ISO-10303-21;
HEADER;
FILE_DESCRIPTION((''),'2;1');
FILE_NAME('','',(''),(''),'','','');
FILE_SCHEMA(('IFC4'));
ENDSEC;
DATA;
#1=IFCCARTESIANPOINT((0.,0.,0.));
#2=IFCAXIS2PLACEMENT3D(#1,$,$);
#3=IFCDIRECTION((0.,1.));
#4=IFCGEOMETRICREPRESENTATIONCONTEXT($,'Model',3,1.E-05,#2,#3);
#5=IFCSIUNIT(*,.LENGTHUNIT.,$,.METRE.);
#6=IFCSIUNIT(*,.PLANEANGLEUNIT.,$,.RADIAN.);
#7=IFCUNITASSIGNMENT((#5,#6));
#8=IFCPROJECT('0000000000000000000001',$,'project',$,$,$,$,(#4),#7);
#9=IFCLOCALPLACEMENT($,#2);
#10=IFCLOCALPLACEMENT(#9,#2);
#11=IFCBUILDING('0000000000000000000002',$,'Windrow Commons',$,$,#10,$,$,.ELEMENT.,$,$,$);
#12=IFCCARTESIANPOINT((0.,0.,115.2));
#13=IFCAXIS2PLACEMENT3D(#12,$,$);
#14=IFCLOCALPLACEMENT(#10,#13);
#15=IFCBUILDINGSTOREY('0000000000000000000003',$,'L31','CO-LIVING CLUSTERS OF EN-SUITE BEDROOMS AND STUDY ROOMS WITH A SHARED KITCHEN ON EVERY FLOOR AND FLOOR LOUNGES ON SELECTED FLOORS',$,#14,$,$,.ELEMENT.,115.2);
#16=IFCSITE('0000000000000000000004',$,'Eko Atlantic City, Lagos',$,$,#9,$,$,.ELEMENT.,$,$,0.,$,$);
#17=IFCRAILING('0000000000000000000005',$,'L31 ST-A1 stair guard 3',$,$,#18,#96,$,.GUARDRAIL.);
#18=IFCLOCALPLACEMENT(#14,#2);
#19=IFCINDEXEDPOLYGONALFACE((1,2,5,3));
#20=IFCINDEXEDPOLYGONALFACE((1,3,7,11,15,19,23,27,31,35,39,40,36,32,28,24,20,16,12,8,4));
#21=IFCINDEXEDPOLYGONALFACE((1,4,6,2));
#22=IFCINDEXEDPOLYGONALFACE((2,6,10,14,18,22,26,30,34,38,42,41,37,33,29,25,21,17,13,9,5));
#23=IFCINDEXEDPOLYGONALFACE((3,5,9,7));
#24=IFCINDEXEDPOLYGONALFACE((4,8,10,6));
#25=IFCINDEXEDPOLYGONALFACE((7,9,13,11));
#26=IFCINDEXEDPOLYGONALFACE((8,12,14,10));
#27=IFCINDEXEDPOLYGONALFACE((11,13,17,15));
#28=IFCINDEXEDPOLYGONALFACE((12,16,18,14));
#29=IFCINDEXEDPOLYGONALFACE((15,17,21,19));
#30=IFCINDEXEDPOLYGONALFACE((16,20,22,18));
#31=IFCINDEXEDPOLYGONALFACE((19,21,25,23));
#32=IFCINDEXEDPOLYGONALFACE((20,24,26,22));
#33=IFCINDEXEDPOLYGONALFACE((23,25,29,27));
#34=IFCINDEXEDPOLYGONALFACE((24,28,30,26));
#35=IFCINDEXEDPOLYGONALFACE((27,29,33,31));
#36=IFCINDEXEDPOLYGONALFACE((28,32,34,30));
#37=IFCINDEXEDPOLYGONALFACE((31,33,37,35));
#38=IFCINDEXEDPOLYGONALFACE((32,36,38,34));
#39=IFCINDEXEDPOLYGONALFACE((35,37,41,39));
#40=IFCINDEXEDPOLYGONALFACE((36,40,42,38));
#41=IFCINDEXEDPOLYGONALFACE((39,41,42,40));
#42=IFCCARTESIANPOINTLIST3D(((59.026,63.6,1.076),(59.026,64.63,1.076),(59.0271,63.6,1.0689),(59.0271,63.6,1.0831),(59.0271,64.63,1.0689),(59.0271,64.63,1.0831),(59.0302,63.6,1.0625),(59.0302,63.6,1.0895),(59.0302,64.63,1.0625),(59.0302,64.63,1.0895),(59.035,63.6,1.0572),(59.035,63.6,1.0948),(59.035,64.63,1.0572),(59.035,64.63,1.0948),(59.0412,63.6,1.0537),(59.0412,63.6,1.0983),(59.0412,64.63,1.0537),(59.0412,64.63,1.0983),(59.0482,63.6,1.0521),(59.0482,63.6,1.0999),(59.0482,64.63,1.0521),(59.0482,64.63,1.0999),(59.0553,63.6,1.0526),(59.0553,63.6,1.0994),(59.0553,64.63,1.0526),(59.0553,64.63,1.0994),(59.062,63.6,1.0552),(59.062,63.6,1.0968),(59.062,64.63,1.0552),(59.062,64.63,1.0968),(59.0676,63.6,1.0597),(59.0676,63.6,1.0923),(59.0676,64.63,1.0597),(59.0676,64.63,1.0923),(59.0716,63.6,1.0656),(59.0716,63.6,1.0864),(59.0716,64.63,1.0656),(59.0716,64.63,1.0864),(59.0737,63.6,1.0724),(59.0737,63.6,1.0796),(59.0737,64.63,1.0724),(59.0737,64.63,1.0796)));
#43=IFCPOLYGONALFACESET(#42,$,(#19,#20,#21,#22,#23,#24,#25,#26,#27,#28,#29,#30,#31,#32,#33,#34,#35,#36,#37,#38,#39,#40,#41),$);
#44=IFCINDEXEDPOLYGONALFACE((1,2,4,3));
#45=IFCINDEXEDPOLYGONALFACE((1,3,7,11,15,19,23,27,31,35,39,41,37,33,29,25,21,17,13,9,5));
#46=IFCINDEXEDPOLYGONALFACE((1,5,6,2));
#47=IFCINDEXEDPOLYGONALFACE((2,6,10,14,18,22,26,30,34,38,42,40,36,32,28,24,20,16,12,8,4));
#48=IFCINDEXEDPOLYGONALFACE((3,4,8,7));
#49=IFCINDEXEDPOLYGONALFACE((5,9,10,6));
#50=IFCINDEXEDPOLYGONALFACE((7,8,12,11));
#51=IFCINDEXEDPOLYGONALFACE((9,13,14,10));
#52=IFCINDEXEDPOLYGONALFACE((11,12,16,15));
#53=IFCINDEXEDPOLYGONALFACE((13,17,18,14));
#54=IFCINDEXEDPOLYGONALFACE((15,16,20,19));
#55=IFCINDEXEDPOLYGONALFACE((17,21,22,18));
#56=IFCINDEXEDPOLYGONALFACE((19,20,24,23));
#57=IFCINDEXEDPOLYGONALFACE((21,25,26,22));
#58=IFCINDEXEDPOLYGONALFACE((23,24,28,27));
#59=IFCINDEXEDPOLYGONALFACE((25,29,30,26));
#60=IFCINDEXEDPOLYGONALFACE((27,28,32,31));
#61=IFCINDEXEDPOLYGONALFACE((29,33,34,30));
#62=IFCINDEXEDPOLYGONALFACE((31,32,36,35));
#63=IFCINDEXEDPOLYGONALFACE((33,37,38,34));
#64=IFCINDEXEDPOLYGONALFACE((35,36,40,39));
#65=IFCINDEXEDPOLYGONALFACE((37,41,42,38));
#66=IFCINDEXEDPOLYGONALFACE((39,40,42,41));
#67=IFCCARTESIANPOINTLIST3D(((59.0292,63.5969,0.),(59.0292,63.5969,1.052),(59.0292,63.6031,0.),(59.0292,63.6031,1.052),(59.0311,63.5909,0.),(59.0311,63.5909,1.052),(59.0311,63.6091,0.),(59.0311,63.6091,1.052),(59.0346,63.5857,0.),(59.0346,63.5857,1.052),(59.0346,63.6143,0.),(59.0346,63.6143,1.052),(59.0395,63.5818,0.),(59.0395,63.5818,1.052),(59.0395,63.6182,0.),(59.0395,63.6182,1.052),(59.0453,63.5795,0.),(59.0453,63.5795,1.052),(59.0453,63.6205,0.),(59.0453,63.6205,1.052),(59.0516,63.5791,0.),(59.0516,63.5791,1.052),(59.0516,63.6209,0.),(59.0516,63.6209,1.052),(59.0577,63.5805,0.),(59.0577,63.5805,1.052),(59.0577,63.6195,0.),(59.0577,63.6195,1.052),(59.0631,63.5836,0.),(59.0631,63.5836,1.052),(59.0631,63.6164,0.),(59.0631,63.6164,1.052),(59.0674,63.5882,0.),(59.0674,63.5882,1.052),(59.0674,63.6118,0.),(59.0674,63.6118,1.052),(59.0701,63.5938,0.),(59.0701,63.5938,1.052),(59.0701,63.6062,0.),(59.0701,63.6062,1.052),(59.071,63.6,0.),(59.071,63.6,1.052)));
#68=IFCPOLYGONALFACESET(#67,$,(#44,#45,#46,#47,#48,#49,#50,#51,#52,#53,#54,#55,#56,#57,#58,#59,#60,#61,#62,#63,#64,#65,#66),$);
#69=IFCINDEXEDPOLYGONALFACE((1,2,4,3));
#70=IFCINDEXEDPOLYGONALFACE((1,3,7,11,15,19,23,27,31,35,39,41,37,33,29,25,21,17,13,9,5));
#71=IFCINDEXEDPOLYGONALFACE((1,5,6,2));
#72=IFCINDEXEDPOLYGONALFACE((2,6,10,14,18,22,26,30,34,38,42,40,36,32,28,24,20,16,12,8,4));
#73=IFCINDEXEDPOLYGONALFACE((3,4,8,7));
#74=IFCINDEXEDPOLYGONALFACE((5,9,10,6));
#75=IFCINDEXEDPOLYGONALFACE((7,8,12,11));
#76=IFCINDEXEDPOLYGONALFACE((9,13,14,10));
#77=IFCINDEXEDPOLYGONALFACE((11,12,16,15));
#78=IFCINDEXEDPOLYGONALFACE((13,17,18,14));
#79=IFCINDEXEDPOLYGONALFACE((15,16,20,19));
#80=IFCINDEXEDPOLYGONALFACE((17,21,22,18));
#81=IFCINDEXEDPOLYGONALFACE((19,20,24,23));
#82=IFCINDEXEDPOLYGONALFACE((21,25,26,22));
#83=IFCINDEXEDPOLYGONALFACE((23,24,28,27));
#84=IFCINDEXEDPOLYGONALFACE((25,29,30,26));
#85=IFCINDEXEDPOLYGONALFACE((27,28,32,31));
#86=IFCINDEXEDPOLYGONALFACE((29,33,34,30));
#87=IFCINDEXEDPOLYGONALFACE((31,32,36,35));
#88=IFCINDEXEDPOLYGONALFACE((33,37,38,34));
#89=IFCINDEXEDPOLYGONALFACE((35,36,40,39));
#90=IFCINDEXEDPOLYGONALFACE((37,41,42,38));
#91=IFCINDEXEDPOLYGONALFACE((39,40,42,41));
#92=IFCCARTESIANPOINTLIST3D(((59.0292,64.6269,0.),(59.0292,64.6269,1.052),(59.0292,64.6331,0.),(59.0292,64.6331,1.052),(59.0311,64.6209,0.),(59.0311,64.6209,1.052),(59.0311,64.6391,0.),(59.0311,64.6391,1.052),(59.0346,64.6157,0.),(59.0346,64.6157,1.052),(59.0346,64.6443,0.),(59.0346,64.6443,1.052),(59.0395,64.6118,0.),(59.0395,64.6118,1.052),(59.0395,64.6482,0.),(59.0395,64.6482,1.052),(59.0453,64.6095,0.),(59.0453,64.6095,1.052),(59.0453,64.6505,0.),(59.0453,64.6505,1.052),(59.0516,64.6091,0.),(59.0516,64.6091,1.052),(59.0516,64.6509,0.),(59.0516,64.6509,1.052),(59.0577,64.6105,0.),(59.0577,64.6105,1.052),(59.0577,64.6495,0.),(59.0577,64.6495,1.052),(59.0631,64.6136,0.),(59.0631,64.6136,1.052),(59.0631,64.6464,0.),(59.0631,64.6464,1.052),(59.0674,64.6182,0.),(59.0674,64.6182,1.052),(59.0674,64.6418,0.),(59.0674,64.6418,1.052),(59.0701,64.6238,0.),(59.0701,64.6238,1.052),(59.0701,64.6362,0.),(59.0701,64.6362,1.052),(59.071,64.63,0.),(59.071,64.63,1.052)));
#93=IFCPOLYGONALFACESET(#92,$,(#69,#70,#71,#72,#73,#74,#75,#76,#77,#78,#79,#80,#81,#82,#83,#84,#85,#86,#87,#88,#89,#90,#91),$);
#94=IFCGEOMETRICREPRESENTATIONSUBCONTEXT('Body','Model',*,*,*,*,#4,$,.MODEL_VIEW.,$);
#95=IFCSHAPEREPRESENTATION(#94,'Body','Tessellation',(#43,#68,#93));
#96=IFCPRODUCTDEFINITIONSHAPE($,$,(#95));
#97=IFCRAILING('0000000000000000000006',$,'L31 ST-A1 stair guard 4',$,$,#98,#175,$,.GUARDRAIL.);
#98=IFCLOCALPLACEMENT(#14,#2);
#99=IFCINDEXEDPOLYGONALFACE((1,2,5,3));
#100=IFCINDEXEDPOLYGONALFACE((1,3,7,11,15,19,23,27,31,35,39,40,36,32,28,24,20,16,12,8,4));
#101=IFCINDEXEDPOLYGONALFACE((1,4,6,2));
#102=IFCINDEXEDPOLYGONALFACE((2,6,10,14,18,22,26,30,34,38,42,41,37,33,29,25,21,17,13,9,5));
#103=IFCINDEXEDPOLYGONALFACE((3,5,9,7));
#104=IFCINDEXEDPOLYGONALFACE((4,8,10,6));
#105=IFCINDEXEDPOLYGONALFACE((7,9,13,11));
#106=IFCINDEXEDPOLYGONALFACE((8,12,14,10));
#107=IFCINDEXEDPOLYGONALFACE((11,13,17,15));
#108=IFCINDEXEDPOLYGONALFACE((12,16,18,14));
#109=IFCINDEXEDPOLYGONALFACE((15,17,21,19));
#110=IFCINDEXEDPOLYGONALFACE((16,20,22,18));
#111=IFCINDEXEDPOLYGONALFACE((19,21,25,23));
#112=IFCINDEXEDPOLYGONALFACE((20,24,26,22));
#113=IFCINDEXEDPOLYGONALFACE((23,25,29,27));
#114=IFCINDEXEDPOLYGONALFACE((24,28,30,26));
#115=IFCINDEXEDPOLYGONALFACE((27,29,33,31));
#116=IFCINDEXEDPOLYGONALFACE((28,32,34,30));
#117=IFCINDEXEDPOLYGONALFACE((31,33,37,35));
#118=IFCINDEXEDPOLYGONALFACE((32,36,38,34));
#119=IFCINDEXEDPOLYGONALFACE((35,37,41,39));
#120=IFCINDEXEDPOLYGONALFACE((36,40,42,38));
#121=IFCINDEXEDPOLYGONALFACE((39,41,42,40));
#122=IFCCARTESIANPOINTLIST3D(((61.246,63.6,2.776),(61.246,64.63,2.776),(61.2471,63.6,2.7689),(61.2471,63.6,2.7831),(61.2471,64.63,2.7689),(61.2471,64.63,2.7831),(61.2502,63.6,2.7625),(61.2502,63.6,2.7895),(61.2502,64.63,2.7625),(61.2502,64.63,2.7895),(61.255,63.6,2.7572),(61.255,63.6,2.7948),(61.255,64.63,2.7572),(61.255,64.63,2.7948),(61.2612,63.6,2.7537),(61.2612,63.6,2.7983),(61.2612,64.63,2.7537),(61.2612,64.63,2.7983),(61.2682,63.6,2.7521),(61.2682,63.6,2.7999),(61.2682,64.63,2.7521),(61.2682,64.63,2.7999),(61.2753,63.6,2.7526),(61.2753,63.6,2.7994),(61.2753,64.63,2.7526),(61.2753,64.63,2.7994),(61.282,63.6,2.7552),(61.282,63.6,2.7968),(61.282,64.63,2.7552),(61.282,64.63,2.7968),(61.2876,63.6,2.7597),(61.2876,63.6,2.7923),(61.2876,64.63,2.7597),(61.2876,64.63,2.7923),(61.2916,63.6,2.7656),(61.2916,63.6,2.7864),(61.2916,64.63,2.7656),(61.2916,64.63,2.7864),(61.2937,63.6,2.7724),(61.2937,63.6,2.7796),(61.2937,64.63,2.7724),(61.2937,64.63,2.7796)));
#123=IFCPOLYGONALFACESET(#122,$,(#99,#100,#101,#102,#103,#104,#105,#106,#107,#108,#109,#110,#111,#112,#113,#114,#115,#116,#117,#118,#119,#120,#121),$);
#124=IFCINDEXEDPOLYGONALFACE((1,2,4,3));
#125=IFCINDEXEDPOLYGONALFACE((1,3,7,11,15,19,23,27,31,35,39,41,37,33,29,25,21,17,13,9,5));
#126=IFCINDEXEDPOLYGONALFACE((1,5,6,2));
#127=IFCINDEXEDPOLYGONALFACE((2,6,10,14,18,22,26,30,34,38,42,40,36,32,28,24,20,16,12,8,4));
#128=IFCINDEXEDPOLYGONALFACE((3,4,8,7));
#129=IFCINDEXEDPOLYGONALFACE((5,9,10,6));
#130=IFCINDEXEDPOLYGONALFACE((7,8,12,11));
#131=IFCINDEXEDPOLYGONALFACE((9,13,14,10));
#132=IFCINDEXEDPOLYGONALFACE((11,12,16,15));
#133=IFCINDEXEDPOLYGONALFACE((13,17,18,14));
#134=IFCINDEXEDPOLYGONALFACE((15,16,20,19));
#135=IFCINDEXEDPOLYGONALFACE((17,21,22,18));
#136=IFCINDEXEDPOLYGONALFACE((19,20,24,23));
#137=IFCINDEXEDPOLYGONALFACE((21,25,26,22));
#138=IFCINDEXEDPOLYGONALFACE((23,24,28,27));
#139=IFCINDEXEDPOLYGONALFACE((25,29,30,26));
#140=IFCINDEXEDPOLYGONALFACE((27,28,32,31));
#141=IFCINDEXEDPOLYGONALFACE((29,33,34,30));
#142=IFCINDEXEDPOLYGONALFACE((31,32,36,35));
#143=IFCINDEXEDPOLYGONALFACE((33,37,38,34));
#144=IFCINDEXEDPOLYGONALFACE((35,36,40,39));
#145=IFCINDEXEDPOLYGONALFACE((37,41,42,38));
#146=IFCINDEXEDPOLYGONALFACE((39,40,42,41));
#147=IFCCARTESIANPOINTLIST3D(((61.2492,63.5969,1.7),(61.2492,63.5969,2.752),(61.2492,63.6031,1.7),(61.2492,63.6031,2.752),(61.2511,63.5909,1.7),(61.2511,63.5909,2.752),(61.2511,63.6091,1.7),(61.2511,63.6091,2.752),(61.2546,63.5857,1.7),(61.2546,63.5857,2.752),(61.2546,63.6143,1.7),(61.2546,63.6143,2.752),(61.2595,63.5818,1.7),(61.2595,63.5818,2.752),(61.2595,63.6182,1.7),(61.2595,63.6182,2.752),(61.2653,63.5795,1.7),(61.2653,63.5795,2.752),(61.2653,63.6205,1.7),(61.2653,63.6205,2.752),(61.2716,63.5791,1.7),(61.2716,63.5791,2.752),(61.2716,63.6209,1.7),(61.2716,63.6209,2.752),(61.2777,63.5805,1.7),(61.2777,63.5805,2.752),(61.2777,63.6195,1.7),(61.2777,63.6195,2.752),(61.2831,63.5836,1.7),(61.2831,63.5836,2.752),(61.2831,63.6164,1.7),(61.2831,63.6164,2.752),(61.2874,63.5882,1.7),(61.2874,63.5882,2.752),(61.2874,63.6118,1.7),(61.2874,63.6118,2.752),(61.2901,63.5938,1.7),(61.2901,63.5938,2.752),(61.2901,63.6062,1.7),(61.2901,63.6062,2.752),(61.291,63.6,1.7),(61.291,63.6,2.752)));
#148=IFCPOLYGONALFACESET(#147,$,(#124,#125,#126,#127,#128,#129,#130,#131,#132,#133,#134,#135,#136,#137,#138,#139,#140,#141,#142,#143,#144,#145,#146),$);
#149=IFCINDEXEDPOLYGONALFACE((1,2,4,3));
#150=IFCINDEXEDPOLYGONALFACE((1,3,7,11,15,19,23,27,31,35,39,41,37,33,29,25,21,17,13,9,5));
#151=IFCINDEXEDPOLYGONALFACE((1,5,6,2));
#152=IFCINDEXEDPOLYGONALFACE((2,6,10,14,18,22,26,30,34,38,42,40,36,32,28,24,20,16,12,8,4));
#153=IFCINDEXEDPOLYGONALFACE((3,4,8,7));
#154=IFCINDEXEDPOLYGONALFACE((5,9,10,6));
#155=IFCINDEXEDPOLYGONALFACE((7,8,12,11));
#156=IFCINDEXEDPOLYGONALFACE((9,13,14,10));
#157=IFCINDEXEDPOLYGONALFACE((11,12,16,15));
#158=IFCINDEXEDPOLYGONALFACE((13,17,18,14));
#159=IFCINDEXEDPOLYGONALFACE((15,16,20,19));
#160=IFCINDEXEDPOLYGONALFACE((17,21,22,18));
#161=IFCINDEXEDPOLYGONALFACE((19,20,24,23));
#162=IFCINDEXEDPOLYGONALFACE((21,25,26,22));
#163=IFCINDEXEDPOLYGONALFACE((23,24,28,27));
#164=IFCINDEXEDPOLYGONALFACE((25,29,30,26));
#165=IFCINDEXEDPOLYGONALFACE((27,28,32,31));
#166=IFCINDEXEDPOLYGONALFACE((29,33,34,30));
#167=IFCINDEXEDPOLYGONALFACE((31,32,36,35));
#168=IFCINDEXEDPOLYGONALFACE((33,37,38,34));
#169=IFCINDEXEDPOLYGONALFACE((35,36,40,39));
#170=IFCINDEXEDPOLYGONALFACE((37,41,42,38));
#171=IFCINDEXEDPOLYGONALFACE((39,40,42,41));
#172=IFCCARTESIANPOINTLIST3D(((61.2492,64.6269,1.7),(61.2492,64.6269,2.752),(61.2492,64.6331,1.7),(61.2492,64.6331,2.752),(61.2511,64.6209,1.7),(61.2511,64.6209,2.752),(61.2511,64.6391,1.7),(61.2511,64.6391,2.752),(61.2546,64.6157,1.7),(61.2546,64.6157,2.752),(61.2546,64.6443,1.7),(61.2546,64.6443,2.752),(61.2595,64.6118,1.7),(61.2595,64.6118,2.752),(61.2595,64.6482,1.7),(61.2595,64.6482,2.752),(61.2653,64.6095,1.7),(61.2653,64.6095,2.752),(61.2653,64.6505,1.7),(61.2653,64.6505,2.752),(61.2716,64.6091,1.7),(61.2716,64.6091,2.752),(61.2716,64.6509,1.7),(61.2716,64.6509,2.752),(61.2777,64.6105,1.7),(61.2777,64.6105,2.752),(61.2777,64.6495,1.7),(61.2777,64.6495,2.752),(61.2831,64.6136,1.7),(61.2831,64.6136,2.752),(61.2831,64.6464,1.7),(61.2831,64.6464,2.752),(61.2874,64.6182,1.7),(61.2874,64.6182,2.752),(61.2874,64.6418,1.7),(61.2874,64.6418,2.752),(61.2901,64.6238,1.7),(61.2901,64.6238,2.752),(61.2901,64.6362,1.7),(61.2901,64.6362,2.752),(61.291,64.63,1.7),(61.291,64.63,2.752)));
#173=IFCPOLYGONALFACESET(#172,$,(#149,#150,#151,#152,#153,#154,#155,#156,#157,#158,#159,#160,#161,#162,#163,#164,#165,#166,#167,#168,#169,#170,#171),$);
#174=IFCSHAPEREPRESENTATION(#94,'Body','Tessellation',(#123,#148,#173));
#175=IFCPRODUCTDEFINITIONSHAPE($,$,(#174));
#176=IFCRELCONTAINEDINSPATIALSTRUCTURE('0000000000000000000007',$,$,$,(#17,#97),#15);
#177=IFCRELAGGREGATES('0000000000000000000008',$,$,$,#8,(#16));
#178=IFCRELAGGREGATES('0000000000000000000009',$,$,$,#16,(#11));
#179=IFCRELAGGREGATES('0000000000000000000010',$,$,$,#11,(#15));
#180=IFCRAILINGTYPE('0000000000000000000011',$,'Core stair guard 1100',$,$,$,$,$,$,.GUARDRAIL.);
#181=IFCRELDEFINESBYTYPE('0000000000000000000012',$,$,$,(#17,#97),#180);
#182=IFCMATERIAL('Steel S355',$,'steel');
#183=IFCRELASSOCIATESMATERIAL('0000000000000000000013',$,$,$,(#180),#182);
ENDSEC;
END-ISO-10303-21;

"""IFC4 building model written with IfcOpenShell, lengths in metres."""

from ifc_helpers import new_model, si_unit, direction, frame, origin, origin_2d, place, context, subcontext, project, spatial, circle, extrude, material, type_object, element, save


model = new_model("IFC4")

# Units and contexts
model_context = context("Model", 3, precision=1e-05, world=origin(), true_north=direction((0.0, 1.0)))
body_context = subcontext(model_context, "Body", "Model", "MODEL_VIEW")
ifc_project = project(units=[si_unit("LENGTHUNIT", "METRE"), si_unit("PLANEANGLEUNIT", "RADIAN")], contexts=[model_context])

# Site, building, storey
site_placement = place(None, origin())
site = spatial("IfcSite", under=ifc_project, at=site_placement, Name="Eko Atlantic City, Lagos", CompositionType="ELEMENT", RefElevation=0.0)
building_placement = place(site_placement, origin())
building = spatial("IfcBuilding", under=site, at=building_placement, Name="Windrow Commons", CompositionType="ELEMENT")
storey_placement = place(building_placement, frame((0.0, 0.0, 115.2)))
storey = spatial("IfcBuildingStorey", under=building, at=storey_placement, Name="L31", Description="CO-LIVING CLUSTERS OF EN-SUITE BEDROOMS AND STUDY ROOMS WITH A SHARED KITCHEN ON EVERY FLOOR AND FLOOR LOUNGES ON SELECTED FLOORS", CompositionType="ELEMENT", Elevation=115.2)

# Railings
ifc_material_1 = material(Name="Steel S355", Category="steel")
railing_type_1 = type_object("IfcRailingType", Name="Core stair guard 1100", PredefinedType="GUARDRAIL", material=ifc_material_1)
for number, where, name in (
    (1, (59.05, 63.6, 0.0), "L31 ST-A1 stair guard 3"),
    (2, (61.27, 63.6, 1.7), "L31 ST-A1 stair guard 4"),
):
    element("IfcRailing", number, at=place(storey_placement, frame(where)), inside=storey, type_object=railing_type_1, Name=name, PredefinedType="GUARDRAIL", context=body_context, shape_type="SweptSolid", body=[
        extrude(circle(Radius=0.024, at=origin_2d()), frame((0.0, 0.0, 1.076), z_axis=(0.0, 1.0, 0.0), x_axis=(-1.0, 0.0, 0.0)), (0.0, 0.0, 1.0), 1.03),
        extrude(circle(Radius=0.021, at=origin_2d()), origin(), (0.0, 0.0, 1.0), 1.052),
        extrude(circle(Radius=0.021, at=origin_2d()), frame((0.0, 1.03, 0.0)), (0.0, 0.0, 1.0), 1.052),
    ])

save(model, "model.ifc")
